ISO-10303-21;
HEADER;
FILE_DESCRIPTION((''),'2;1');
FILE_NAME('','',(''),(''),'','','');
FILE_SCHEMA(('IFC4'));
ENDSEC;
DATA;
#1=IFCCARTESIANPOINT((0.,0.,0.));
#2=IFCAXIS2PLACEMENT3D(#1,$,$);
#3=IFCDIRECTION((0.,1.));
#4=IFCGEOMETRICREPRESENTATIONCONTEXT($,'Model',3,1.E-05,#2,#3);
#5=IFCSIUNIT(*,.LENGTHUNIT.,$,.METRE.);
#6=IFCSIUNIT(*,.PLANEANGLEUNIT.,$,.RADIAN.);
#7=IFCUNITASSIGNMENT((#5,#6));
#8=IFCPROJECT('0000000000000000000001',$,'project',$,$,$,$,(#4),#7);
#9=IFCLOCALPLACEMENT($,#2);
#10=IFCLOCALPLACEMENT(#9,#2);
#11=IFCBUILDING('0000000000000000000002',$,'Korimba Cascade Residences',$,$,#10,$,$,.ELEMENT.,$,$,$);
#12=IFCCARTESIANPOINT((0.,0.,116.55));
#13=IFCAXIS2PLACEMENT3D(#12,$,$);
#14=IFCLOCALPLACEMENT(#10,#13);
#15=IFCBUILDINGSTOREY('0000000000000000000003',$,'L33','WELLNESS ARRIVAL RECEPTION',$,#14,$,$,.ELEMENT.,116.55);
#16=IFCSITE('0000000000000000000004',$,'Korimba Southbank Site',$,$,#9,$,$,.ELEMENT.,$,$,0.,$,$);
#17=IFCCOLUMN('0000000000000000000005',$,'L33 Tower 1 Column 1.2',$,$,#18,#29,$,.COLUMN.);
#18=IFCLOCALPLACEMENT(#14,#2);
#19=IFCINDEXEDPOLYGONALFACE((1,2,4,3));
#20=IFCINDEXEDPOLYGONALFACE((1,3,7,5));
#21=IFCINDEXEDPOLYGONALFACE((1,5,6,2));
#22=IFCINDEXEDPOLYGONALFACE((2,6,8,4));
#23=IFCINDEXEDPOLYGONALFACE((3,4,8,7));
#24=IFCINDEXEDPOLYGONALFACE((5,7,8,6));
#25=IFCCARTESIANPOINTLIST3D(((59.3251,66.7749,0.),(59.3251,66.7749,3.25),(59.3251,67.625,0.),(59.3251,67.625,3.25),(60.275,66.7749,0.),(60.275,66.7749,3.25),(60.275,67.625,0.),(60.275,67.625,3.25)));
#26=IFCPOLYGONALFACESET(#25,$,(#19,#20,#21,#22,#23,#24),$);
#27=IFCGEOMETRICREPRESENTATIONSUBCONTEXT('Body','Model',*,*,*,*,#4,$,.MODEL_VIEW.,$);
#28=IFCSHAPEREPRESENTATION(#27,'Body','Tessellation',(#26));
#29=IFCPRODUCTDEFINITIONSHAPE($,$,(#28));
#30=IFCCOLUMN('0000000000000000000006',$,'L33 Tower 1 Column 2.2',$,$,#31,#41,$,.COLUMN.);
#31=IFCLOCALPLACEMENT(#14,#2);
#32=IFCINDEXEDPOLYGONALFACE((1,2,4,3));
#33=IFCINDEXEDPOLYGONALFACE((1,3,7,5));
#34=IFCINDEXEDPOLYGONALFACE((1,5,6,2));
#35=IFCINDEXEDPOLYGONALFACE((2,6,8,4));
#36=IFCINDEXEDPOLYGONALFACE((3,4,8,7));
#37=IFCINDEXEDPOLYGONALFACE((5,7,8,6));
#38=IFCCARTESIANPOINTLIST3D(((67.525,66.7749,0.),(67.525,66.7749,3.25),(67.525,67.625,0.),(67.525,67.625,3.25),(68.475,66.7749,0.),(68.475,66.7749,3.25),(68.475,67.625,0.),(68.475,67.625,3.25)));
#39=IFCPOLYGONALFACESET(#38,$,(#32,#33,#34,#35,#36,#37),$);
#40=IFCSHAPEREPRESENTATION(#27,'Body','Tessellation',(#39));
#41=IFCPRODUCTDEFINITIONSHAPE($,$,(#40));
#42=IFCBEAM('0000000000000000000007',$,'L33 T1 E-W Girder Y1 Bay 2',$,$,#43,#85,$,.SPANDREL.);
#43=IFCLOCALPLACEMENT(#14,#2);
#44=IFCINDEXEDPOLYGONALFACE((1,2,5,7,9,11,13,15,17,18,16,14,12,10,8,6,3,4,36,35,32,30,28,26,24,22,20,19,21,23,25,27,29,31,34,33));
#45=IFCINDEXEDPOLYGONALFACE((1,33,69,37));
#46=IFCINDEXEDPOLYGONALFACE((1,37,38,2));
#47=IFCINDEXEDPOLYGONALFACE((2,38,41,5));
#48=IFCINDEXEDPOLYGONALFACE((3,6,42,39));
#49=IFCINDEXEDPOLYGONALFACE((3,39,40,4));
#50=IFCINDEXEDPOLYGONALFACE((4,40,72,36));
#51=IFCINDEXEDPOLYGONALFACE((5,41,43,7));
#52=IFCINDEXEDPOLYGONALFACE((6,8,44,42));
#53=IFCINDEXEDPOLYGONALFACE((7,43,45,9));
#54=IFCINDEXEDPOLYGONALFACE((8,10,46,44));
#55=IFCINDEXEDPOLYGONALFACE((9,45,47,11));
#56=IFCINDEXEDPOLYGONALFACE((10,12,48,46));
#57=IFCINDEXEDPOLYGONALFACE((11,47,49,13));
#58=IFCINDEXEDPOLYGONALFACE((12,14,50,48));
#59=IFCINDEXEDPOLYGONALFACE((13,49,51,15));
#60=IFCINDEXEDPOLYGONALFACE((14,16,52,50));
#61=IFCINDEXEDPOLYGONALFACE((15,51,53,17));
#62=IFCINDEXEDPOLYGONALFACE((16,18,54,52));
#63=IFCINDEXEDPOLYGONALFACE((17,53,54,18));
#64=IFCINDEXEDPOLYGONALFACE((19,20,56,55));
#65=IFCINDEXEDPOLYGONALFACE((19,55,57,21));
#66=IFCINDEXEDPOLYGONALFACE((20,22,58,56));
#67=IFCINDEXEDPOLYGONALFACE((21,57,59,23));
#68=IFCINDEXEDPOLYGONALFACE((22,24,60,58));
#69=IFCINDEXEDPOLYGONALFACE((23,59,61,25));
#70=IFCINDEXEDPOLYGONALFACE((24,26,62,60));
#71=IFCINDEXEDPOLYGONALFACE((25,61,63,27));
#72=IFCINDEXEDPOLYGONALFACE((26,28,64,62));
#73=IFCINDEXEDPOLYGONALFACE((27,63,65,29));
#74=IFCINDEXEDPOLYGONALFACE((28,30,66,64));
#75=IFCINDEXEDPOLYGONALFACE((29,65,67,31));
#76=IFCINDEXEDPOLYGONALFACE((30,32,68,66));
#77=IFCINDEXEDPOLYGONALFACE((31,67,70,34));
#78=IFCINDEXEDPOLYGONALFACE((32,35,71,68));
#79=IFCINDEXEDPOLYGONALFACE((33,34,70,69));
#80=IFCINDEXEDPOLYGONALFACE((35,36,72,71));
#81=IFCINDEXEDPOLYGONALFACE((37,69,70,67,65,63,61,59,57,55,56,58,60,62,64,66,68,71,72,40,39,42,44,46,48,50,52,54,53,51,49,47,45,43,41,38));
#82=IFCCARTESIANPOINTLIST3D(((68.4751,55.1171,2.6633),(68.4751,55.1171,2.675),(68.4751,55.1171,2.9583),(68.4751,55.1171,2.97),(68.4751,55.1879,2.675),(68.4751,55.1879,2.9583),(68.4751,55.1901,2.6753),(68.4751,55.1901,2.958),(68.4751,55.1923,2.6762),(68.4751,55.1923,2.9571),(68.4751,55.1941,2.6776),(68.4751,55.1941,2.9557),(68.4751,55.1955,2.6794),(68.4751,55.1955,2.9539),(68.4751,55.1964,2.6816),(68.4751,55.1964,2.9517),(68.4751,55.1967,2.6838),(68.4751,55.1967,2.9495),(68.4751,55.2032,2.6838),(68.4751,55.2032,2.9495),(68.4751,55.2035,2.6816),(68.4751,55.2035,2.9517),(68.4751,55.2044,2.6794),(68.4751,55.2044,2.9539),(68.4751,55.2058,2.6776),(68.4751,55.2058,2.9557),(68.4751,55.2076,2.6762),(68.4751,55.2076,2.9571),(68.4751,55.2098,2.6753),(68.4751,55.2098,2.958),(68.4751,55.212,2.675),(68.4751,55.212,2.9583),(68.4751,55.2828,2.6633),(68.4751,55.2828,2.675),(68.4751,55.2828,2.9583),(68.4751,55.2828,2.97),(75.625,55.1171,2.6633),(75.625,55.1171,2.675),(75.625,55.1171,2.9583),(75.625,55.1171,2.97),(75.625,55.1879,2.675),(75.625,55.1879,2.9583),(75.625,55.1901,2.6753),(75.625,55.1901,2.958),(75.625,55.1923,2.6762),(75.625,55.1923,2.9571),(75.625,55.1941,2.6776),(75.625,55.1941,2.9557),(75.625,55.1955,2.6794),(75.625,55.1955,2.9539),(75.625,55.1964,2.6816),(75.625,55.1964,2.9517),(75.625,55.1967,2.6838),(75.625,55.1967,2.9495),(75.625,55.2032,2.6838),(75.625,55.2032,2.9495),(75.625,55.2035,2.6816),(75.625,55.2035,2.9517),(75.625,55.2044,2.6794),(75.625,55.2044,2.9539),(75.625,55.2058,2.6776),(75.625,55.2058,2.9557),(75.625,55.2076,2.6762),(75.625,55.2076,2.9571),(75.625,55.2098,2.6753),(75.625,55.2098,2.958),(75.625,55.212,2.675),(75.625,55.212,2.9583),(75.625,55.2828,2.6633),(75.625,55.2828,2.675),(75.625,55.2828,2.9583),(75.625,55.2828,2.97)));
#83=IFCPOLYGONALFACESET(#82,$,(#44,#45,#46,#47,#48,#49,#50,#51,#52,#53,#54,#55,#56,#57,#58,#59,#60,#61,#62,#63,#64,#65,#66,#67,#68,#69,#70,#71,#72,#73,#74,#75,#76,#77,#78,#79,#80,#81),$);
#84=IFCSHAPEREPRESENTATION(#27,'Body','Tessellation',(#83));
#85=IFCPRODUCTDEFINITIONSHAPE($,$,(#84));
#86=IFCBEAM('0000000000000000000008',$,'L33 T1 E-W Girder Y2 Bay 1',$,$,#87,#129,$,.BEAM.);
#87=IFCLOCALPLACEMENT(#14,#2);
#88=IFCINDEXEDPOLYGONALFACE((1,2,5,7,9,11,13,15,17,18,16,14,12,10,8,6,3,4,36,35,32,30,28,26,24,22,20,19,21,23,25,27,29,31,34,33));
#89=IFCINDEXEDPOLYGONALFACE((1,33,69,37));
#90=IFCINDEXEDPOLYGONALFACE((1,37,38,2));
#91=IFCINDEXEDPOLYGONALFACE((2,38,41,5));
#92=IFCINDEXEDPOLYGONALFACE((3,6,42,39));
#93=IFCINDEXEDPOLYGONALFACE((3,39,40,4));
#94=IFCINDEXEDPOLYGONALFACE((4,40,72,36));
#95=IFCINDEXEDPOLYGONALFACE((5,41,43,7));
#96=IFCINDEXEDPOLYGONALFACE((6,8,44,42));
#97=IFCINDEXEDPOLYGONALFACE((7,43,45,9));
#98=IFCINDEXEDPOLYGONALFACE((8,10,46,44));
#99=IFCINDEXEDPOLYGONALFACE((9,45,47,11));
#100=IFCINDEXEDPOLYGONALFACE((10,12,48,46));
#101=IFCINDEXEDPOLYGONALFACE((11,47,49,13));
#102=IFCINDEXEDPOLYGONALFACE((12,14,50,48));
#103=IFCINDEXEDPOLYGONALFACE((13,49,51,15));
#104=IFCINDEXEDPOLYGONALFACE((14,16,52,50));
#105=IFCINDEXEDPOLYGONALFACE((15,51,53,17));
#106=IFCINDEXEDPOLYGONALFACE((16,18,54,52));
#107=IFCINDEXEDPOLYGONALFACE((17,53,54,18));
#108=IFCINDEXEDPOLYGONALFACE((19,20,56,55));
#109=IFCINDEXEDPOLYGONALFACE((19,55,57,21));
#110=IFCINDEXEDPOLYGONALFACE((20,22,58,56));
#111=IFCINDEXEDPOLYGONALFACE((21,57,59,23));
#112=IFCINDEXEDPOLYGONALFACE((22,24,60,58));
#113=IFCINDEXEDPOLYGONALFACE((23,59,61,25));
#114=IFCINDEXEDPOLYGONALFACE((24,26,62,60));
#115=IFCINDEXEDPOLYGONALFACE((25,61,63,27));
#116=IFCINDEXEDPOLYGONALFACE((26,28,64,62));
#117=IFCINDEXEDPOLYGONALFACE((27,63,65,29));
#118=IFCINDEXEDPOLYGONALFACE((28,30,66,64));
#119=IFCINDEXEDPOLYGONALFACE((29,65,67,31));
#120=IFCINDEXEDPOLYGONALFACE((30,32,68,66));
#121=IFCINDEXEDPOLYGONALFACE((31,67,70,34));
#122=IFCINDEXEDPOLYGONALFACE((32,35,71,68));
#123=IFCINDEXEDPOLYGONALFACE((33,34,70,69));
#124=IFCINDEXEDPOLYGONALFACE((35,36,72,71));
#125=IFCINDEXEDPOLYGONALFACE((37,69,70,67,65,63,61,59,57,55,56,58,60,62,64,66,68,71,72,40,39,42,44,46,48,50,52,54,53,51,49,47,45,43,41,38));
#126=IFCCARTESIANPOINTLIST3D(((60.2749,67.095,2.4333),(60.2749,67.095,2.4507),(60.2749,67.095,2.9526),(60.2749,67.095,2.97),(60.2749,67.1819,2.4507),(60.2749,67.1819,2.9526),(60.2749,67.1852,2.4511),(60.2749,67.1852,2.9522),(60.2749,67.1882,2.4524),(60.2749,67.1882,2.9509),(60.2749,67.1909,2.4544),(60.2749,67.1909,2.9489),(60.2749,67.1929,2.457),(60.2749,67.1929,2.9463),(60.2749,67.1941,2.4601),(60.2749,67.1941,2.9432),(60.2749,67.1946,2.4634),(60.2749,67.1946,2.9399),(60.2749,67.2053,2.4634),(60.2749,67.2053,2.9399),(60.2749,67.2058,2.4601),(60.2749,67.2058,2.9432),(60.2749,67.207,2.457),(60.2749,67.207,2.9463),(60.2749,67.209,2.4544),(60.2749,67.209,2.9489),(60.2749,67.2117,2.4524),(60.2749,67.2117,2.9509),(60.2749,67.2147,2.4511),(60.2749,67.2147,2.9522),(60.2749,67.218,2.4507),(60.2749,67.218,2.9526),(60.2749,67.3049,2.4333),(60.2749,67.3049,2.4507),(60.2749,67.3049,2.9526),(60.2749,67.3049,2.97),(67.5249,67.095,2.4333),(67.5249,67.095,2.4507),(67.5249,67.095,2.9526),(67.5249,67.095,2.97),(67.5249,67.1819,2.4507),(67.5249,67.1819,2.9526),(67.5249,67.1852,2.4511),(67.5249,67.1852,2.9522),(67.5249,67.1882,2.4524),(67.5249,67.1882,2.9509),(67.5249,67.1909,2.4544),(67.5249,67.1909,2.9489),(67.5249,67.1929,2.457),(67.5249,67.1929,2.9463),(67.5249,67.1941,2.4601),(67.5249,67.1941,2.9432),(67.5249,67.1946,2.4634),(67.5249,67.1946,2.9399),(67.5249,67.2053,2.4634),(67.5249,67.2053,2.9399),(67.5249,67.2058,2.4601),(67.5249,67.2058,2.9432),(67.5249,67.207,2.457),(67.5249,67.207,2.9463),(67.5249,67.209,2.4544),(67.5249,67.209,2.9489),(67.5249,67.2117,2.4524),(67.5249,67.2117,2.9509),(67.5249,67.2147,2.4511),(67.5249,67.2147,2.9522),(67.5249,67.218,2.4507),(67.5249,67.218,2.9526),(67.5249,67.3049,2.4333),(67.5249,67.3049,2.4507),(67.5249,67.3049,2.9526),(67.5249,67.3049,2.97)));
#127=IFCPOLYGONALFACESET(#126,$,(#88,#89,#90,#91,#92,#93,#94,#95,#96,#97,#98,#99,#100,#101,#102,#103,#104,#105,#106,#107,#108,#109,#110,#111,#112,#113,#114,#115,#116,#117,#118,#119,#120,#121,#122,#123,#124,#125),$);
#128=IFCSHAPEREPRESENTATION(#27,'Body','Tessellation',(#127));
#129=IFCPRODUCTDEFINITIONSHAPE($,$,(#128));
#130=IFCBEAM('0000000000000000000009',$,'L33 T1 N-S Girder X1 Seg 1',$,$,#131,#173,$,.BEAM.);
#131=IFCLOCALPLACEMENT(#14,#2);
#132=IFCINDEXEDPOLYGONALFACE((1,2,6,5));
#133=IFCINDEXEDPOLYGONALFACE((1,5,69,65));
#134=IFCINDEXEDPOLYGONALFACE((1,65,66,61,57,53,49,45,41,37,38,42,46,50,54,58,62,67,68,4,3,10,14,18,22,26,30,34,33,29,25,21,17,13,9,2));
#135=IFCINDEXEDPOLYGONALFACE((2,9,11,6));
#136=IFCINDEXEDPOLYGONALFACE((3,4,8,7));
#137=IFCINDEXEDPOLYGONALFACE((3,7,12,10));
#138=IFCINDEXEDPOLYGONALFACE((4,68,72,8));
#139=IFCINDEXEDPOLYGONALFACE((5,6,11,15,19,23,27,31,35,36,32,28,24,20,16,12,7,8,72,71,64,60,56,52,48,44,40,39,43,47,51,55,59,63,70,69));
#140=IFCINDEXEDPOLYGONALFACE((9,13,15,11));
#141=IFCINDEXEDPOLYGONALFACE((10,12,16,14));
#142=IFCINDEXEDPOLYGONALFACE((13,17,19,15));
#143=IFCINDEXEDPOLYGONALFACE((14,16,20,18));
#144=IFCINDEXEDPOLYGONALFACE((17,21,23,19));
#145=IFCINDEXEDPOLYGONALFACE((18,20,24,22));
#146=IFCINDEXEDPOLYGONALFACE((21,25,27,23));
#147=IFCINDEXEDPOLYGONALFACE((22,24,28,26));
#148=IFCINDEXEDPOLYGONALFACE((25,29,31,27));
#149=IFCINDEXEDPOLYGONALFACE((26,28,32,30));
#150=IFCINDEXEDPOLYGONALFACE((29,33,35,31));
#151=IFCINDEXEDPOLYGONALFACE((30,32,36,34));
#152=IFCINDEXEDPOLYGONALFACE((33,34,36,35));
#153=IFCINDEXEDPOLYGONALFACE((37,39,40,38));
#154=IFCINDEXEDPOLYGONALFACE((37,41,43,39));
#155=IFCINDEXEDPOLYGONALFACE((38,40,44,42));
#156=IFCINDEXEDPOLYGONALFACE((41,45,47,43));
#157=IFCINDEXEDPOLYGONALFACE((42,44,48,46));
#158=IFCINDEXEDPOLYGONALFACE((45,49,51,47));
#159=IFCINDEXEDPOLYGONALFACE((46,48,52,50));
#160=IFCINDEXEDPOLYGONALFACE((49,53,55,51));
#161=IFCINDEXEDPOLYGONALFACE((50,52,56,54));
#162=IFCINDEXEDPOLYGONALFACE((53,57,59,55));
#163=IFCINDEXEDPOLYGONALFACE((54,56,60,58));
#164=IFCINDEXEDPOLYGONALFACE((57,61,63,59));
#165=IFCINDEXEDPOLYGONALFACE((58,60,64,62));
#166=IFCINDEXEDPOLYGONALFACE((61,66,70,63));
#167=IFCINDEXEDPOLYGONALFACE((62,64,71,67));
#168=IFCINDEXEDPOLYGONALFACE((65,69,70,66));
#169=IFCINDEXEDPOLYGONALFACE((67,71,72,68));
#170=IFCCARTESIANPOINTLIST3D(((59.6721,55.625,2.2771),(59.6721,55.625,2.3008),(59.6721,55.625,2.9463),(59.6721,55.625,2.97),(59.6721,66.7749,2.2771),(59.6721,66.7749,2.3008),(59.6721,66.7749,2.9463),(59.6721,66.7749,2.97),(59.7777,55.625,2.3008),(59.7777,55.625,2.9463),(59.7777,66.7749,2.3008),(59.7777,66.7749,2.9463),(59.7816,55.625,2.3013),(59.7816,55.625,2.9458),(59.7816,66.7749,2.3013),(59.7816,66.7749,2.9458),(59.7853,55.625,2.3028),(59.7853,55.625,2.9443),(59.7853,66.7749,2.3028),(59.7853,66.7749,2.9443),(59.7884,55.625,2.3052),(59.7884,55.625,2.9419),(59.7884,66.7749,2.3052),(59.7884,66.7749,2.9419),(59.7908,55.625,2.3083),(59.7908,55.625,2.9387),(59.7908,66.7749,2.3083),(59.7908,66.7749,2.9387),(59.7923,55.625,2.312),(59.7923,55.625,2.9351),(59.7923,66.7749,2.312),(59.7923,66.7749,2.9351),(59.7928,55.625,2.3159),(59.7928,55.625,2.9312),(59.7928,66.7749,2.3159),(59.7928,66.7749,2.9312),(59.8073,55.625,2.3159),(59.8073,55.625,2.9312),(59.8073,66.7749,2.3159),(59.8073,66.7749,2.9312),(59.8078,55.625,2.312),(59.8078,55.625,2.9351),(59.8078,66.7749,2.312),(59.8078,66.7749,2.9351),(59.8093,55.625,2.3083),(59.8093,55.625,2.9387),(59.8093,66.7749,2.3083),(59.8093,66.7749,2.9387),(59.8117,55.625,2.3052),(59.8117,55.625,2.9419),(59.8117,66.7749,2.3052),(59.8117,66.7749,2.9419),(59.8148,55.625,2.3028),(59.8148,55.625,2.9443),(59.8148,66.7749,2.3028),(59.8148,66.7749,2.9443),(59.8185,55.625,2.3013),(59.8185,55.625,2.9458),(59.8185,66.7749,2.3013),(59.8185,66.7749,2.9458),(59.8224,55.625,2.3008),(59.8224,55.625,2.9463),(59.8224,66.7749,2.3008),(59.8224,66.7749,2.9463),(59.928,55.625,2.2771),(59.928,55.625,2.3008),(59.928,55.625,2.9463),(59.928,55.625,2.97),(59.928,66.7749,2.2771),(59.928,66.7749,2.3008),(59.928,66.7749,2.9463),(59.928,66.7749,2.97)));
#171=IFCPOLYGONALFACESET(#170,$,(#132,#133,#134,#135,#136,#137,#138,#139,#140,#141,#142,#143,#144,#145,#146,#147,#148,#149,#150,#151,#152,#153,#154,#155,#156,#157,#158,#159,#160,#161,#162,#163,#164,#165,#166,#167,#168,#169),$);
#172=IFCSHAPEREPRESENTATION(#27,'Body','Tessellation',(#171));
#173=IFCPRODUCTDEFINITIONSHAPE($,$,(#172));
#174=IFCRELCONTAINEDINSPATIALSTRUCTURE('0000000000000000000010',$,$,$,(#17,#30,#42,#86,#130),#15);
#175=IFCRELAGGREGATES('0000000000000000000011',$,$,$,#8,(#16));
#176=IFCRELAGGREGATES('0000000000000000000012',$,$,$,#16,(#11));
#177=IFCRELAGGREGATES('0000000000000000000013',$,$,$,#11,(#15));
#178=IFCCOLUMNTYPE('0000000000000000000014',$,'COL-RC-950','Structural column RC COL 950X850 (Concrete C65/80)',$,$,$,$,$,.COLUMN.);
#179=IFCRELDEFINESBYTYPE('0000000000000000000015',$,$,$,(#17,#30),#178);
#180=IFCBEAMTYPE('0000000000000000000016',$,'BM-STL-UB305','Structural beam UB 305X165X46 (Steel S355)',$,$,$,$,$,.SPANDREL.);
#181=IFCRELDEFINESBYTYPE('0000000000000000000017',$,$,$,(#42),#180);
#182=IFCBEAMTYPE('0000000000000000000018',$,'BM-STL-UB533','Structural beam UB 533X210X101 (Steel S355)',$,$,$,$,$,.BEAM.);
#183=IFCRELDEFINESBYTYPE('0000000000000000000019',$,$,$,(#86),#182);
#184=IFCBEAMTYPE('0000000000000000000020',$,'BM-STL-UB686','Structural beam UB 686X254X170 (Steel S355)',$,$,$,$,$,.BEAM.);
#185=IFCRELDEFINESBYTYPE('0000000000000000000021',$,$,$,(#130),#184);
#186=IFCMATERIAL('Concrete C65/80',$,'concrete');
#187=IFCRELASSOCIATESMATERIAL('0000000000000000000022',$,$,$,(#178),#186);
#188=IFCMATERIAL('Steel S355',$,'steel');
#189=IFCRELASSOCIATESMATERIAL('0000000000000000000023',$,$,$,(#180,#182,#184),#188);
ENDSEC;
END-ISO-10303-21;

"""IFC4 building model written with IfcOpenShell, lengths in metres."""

from ifc_helpers import new_model, si_unit, direction, frame, origin, origin_2d, place, context, subcontext, project, spatial, rectangle, i_section, extrude, material, material_profile, profile_set, type_object, element, save


model = new_model("IFC4")

# Units and contexts
model_context = context("Model", 3, precision=1e-05, world=origin(), true_north=direction((0.0, 1.0)))
body_context = subcontext(model_context, "Body", "Model", "MODEL_VIEW")
ifc_project = project(units=[si_unit("LENGTHUNIT", "METRE"), si_unit("PLANEANGLEUNIT", "RADIAN")], contexts=[model_context])

# Site, building, storey
site_placement = place(None, origin())
site = spatial("IfcSite", under=ifc_project, at=site_placement, Name="Korimba Southbank Site", CompositionType="ELEMENT", RefElevation=0.0)
building_placement = place(site_placement, origin())
building = spatial("IfcBuilding", under=site, at=building_placement, Name="Korimba Cascade Residences", CompositionType="ELEMENT")
storey_placement = place(building_placement, frame((0.0, 0.0, 116.55)))
storey = spatial("IfcBuildingStorey", under=building, at=storey_placement, Name="L33", Description="WELLNESS ARRIVAL RECEPTION", CompositionType="ELEMENT", Elevation=116.55)

# Columns
ifc_material_1 = material(Name="Concrete C65/80", Category="concrete")
ifc_material_profile_1 = material_profile(ifc_material_1, rectangle(XDim=0.95, YDim=0.8501, at=origin_2d()), Name="Concrete C65/80")
ifc_profile_set_1 = profile_set([ifc_material_profile_1], Name="Concrete C65/80")
column_type = type_object("IfcColumnType", Name="COL-RC-950", Description="Structural column RC COL 950X850 (Concrete C65/80)", PredefinedType="COLUMN", material=ifc_profile_set_1)
for number, where, z_axis, x_axis, name in (
    (1, (59.8, 67.2, 0.0), (0.0, 0.0, 1.0), (1.0, 0.0, 0.0), "L33 Tower 1 Column 1.2"),
    (2, (68.0, 67.2, 0.0), (0.0, 0.0, 1.0), (1.0, 0.0, 0.0), "L33 Tower 1 Column 2.2"),
):
    element("IfcColumn", number, at=place(storey_placement, frame(where, z_axis=z_axis, x_axis=x_axis)), inside=storey, type_object=column_type, Name=name, PredefinedType="COLUMN", context=body_context, shape_type="SweptSolid", body=[
        extrude(rectangle(XDim=0.95, YDim=0.8501, at=origin_2d()), origin(), (0.0, 0.0, 1.0), 3.25),
    ])

# Beams
ifc_material_2 = material(Name="Steel S355", Category="steel")
ifc_material_profile_2 = material_profile(ifc_material_2, i_section(OverallWidth=0.1658, OverallDepth=0.3066, WebThickness=0.0066, FlangeThickness=0.0117, FilletRadius=0.0088, at=origin_2d()), Name="Steel S355")
ifc_profile_set_2 = profile_set([ifc_material_profile_2], Name="Steel S355")
beam_type_1 = type_object("IfcBeamType", Name="BM-STL-UB305", Description="Structural beam UB 305X165X46 (Steel S355)", PredefinedType="SPANDREL", material=ifc_profile_set_2)
beam_1_placement = place(storey_placement, frame((68.4751, 55.2, 2.8167), z_axis=(1.0, 0.0, 0.0), x_axis=(0.0, 1.0, 0.0)))
element("IfcBeam", 3, at=beam_1_placement, inside=storey, type_object=beam_type_1, Name="L33 T1 E-W Girder Y1 Bay 2", PredefinedType="SPANDREL", context=body_context, shape_type="SweptSolid", body=[
    extrude(i_section(OverallWidth=0.1658, OverallDepth=0.3066, WebThickness=0.0066, FlangeThickness=0.0117, FilletRadius=0.0088, at=origin_2d()), origin(), (0.0, 0.0, 1.0), 7.1499),
])
ifc_material_profile_3 = material_profile(ifc_material_2, i_section(OverallWidth=0.21, OverallDepth=0.5366, WebThickness=0.0107, FlangeThickness=0.0173, FilletRadius=0.0127, at=origin_2d()), Name="Steel S355")
ifc_profile_set_3 = profile_set([ifc_material_profile_3], Name="Steel S355")
beam_type_2 = type_object("IfcBeamType", Name="BM-STL-UB533", Description="Structural beam UB 533X210X101 (Steel S355)", PredefinedType="BEAM", material=ifc_profile_set_3)
beam_2_placement = place(storey_placement, frame((60.2749, 67.2, 2.7017), z_axis=(1.0, 0.0, 0.0), x_axis=(0.0, 1.0, 0.0)))
element("IfcBeam", 4, at=beam_2_placement, inside=storey, type_object=beam_type_2, Name="L33 T1 E-W Girder Y2 Bay 1", PredefinedType="BEAM", context=body_context, shape_type="SweptSolid", body=[
    extrude(i_section(OverallWidth=0.21, OverallDepth=0.5366, WebThickness=0.0107, FlangeThickness=0.0173, FilletRadius=0.0127, at=origin_2d()), origin(), (0.0, 0.0, 1.0), 7.25),
])
ifc_material_profile_4 = material_profile(ifc_material_2, i_section(OverallWidth=0.2559, OverallDepth=0.6929, WebThickness=0.0144, FlangeThickness=0.0237, FilletRadius=0.0151, at=origin_2d()), Name="Steel S355")
ifc_profile_set_4 = profile_set([ifc_material_profile_4], Name="Steel S355")
beam_type_3 = type_object("IfcBeamType", Name="BM-STL-UB686", Description="Structural beam UB 686X254X170 (Steel S355)", PredefinedType="BEAM", material=ifc_profile_set_4)
beam_3_placement = place(storey_placement, frame((59.8, 55.625, 2.6235), z_axis=(0.0, 1.0, 0.0), x_axis=(-1.0, 0.0, 0.0)))
element("IfcBeam", 5, at=beam_3_placement, inside=storey, type_object=beam_type_3, Name="L33 T1 N-S Girder X1 Seg 1", PredefinedType="BEAM", context=body_context, shape_type="SweptSolid", body=[
    extrude(i_section(OverallWidth=0.2559, OverallDepth=0.6929, WebThickness=0.0144, FlangeThickness=0.0237, FilletRadius=0.0151, at=origin_2d()), origin(), (0.0, 0.0, 1.0), 11.1499),
])

save(model, "model.ifc")
